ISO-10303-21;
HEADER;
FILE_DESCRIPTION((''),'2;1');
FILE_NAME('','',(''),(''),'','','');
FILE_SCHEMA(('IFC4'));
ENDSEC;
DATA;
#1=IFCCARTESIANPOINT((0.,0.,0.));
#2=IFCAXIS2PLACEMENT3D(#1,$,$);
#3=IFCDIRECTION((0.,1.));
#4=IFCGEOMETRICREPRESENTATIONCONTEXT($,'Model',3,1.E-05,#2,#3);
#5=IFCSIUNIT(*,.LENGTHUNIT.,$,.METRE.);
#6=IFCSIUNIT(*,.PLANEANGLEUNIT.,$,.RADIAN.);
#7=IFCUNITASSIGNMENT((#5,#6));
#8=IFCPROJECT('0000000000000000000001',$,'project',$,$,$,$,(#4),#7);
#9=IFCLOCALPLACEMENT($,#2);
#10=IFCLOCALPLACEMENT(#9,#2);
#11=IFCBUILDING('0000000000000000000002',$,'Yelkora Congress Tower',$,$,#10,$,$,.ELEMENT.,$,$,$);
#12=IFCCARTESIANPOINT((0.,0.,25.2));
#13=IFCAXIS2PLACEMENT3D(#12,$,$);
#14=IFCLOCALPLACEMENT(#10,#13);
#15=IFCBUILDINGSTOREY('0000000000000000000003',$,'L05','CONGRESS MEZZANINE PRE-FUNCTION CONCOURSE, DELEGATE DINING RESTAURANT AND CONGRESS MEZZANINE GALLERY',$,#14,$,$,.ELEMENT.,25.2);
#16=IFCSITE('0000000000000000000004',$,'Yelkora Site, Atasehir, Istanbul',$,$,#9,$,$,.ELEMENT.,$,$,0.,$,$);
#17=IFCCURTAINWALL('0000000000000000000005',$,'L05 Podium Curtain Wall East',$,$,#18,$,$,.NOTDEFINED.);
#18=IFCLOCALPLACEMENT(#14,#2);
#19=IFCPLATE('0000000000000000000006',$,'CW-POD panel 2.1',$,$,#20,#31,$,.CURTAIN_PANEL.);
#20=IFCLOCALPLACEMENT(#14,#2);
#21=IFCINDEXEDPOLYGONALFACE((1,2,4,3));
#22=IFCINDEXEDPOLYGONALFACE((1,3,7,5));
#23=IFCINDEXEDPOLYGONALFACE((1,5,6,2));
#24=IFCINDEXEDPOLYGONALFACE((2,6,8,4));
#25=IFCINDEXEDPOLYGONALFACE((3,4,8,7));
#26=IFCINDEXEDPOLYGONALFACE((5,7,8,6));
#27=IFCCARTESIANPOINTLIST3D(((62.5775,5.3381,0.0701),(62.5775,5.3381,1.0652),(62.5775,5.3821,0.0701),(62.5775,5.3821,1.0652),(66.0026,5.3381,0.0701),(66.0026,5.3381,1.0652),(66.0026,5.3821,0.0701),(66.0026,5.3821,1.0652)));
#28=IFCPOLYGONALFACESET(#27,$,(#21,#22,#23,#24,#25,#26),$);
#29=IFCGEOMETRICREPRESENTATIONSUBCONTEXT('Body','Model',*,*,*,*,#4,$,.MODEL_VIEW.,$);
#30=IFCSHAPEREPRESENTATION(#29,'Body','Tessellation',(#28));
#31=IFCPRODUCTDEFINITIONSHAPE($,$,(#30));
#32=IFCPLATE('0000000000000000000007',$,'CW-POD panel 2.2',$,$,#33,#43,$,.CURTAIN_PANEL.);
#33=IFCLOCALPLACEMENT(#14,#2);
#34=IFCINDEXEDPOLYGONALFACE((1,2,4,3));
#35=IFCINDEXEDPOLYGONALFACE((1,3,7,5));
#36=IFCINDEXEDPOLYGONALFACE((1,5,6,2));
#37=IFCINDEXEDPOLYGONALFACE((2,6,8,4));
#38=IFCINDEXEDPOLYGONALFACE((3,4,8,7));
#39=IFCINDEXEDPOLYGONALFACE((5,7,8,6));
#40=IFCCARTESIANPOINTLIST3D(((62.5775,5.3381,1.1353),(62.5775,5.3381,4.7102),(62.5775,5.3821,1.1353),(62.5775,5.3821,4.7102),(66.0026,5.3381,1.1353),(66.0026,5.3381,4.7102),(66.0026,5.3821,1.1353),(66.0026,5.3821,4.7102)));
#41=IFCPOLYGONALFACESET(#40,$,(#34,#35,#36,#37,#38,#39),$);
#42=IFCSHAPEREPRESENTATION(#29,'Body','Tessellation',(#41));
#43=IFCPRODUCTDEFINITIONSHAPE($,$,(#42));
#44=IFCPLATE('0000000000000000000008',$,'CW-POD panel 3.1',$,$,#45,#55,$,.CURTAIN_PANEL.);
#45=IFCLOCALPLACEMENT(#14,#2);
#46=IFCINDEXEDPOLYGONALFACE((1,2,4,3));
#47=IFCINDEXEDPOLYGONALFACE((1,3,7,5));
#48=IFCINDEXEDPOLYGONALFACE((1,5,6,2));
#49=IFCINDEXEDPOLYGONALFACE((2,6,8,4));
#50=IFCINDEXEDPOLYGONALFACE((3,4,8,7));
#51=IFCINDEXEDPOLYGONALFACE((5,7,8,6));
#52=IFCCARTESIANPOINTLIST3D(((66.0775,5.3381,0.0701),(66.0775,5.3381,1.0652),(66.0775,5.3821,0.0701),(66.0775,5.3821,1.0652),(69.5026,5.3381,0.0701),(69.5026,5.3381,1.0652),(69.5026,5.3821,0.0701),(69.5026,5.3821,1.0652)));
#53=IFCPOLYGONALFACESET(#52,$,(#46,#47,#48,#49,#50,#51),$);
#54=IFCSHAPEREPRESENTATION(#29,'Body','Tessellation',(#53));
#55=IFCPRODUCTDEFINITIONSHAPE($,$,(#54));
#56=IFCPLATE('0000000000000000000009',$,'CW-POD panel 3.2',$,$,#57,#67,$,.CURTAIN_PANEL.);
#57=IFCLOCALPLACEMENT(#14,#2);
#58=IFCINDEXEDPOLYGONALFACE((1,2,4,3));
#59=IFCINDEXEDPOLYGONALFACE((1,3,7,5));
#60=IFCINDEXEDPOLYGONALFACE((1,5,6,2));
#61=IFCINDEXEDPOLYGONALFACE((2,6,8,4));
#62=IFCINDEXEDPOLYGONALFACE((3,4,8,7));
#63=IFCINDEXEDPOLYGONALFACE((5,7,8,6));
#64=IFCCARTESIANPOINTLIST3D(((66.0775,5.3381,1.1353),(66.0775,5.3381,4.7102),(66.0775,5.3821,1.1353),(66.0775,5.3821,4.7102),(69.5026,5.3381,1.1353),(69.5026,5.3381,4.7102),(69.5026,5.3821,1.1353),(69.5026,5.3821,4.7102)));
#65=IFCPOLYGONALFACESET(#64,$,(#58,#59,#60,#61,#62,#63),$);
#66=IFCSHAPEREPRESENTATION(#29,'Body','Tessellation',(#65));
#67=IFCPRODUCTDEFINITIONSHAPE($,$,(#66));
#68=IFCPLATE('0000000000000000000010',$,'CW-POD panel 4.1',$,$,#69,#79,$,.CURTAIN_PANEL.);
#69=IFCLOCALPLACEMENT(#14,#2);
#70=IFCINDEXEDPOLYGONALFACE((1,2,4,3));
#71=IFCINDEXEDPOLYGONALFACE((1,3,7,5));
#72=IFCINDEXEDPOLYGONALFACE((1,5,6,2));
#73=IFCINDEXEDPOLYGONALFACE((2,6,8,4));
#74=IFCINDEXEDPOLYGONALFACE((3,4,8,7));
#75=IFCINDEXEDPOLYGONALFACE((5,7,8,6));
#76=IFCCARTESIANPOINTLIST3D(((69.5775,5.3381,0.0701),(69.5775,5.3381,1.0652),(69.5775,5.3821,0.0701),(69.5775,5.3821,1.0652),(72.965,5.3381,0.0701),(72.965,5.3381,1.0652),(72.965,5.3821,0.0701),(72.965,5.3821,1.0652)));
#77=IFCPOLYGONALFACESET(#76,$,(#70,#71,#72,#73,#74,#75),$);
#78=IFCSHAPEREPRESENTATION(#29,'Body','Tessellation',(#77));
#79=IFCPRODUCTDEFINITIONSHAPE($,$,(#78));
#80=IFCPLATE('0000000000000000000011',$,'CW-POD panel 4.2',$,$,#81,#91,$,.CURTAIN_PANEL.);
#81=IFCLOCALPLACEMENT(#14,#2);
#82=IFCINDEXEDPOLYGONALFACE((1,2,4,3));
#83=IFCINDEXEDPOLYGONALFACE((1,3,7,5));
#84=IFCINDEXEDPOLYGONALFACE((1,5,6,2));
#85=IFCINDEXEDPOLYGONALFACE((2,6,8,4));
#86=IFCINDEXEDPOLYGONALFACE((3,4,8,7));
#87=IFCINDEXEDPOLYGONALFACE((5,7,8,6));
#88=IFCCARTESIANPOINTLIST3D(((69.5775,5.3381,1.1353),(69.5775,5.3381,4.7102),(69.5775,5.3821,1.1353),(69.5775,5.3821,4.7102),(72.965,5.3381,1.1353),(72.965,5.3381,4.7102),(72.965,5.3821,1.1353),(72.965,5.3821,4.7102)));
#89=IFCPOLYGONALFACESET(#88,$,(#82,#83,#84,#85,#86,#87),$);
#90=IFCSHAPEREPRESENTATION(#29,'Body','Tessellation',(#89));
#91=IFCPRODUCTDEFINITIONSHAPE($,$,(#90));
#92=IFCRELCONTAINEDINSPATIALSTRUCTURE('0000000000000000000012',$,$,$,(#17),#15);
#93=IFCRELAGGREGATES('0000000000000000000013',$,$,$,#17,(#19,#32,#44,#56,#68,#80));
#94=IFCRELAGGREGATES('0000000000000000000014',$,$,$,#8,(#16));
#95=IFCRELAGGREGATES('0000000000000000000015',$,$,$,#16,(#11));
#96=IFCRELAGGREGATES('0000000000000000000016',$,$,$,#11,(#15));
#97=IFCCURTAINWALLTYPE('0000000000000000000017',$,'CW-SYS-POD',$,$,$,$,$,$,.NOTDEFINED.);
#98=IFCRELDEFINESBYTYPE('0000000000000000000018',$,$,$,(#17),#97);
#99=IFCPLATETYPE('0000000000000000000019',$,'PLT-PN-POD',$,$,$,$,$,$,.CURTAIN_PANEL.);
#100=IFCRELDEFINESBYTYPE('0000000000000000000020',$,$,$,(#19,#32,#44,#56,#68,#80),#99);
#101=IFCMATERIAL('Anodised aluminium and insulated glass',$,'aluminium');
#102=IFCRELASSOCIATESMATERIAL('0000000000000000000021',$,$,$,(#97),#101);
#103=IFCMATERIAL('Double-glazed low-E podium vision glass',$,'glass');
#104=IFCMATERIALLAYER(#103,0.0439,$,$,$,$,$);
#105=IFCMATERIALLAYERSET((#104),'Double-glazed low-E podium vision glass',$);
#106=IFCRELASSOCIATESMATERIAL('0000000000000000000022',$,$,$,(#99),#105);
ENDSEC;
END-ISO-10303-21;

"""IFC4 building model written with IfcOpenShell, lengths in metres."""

from ifc_helpers import new_model, si_unit, direction, frame, origin, origin_2d, place, context, subcontext, project, spatial, rectangle, extrude, material, layer, layer_set, type_object, element, aggregate, save


model = new_model("IFC4")

# Units and contexts
model_context = context("Model", 3, precision=1e-05, world=origin(), true_north=direction((0.0, 1.0)))
body_context = subcontext(model_context, "Body", "Model", "MODEL_VIEW")
ifc_project = project(units=[si_unit("LENGTHUNIT", "METRE"), si_unit("PLANEANGLEUNIT", "RADIAN")], contexts=[model_context])

# Site, building, storey
site_placement = place(None, origin())
site = spatial("IfcSite", under=ifc_project, at=site_placement, Name="Yelkora Site, Atasehir, Istanbul", CompositionType="ELEMENT", RefElevation=0.0)
building_placement = place(site_placement, origin())
building = spatial("IfcBuilding", under=site, at=building_placement, Name="Yelkora Congress Tower", CompositionType="ELEMENT")
storey_placement = place(building_placement, frame((0.0, 0.0, 25.2)))
storey = spatial("IfcBuildingStorey", under=building, at=storey_placement, Name="L05", Description="CONGRESS MEZZANINE PRE-FUNCTION CONCOURSE, DELEGATE DINING RESTAURANT AND CONGRESS MEZZANINE GALLERY", CompositionType="ELEMENT", Elevation=25.2)

# Curtain wall, plates
ifc_material_1 = material(Name="Anodised aluminium and insulated glass", Category="aluminium")
curtain_wall_type = type_object("IfcCurtainWallType", Name="CW-SYS-POD", PredefinedType="NOTDEFINED", material=ifc_material_1)
curtain_wall_placement = place(storey_placement, origin())
curtain_wall = element("IfcCurtainWall", 1, at=curtain_wall_placement, inside=storey, type_object=curtain_wall_type, Name="L05 Podium Curtain Wall East", PredefinedType="NOTDEFINED")
ifc_material_2 = material(Name="Double-glazed low-E podium vision glass", Category="glass")
ifc_layer = layer(ifc_material_2, 0.0439)
ifc_layer_set = layer_set([ifc_layer], Name="Double-glazed low-E podium vision glass")
plate_type = type_object("IfcPlateType", Name="PLT-PN-POD", PredefinedType="CURTAIN_PANEL", material=ifc_layer_set)
plate_1_placement = place(storey_placement, frame((64.29, 5.3601, 0.0701), z_axis=(0.0, 0.0, 1.0), x_axis=(1.0, 0.0, 0.0)))
plate_1 = element("IfcPlate", 2, at=plate_1_placement, type_object=plate_type, Name="CW-POD panel 2.1", PredefinedType="CURTAIN_PANEL", context=body_context, shape_type="SweptSolid", body=[
    extrude(rectangle(XDim=3.425, YDim=0.0439, at=origin_2d()), origin(), (0.0, 0.0, 1.0), 0.9951),
])
plate_2_placement = place(storey_placement, frame((64.29, 5.3601, 1.1353), z_axis=(0.0, 0.0, 1.0), x_axis=(1.0, 0.0, 0.0)))
plate_2 = element("IfcPlate", 3, at=plate_2_placement, type_object=plate_type, Name="CW-POD panel 2.2", PredefinedType="CURTAIN_PANEL", context=body_context, shape_type="SweptSolid", body=[
    extrude(rectangle(XDim=3.425, YDim=0.0439, at=origin_2d()), origin(), (0.0, 0.0, 1.0), 3.575),
])
plate_3_placement = place(storey_placement, frame((67.79, 5.3601, 0.0701), z_axis=(0.0, 0.0, 1.0), x_axis=(1.0, 0.0, 0.0)))
plate_3 = element("IfcPlate", 4, at=plate_3_placement, type_object=plate_type, Name="CW-POD panel 3.1", PredefinedType="CURTAIN_PANEL", context=body_context, shape_type="SweptSolid", body=[
    extrude(rectangle(XDim=3.425, YDim=0.0439, at=origin_2d()), origin(), (0.0, 0.0, 1.0), 0.9951),
])
plate_4_placement = place(storey_placement, frame((67.79, 5.3601, 1.1353), z_axis=(0.0, 0.0, 1.0), x_axis=(1.0, 0.0, 0.0)))
plate_4 = element("IfcPlate", 5, at=plate_4_placement, type_object=plate_type, Name="CW-POD panel 3.2", PredefinedType="CURTAIN_PANEL", context=body_context, shape_type="SweptSolid", body=[
    extrude(rectangle(XDim=3.425, YDim=0.0439, at=origin_2d()), origin(), (0.0, 0.0, 1.0), 3.575),
])
plate_5_placement = place(storey_placement, frame((71.2712, 5.3601, 0.0701), z_axis=(0.0, 0.0, 1.0), x_axis=(1.0, 0.0, 0.0)))
plate_5 = element("IfcPlate", 6, at=plate_5_placement, type_object=plate_type, Name="CW-POD panel 4.1", PredefinedType="CURTAIN_PANEL", context=body_context, shape_type="SweptSolid", body=[
    extrude(rectangle(XDim=3.3875, YDim=0.0439, at=origin_2d()), origin(), (0.0, 0.0, 1.0), 0.9951),
])
plate_6_placement = place(storey_placement, frame((71.2712, 5.3601, 1.1353), z_axis=(0.0, 0.0, 1.0), x_axis=(1.0, 0.0, 0.0)))
plate_6 = element("IfcPlate", 7, at=plate_6_placement, type_object=plate_type, Name="CW-POD panel 4.2", PredefinedType="CURTAIN_PANEL", context=body_context, shape_type="SweptSolid", body=[
    extrude(rectangle(XDim=3.3875, YDim=0.0439, at=origin_2d()), origin(), (0.0, 0.0, 1.0), 3.575),
])
aggregate(curtain_wall, [plate_1, plate_2, plate_3, plate_4, plate_5, plate_6])

save(model, "model.ifc")
